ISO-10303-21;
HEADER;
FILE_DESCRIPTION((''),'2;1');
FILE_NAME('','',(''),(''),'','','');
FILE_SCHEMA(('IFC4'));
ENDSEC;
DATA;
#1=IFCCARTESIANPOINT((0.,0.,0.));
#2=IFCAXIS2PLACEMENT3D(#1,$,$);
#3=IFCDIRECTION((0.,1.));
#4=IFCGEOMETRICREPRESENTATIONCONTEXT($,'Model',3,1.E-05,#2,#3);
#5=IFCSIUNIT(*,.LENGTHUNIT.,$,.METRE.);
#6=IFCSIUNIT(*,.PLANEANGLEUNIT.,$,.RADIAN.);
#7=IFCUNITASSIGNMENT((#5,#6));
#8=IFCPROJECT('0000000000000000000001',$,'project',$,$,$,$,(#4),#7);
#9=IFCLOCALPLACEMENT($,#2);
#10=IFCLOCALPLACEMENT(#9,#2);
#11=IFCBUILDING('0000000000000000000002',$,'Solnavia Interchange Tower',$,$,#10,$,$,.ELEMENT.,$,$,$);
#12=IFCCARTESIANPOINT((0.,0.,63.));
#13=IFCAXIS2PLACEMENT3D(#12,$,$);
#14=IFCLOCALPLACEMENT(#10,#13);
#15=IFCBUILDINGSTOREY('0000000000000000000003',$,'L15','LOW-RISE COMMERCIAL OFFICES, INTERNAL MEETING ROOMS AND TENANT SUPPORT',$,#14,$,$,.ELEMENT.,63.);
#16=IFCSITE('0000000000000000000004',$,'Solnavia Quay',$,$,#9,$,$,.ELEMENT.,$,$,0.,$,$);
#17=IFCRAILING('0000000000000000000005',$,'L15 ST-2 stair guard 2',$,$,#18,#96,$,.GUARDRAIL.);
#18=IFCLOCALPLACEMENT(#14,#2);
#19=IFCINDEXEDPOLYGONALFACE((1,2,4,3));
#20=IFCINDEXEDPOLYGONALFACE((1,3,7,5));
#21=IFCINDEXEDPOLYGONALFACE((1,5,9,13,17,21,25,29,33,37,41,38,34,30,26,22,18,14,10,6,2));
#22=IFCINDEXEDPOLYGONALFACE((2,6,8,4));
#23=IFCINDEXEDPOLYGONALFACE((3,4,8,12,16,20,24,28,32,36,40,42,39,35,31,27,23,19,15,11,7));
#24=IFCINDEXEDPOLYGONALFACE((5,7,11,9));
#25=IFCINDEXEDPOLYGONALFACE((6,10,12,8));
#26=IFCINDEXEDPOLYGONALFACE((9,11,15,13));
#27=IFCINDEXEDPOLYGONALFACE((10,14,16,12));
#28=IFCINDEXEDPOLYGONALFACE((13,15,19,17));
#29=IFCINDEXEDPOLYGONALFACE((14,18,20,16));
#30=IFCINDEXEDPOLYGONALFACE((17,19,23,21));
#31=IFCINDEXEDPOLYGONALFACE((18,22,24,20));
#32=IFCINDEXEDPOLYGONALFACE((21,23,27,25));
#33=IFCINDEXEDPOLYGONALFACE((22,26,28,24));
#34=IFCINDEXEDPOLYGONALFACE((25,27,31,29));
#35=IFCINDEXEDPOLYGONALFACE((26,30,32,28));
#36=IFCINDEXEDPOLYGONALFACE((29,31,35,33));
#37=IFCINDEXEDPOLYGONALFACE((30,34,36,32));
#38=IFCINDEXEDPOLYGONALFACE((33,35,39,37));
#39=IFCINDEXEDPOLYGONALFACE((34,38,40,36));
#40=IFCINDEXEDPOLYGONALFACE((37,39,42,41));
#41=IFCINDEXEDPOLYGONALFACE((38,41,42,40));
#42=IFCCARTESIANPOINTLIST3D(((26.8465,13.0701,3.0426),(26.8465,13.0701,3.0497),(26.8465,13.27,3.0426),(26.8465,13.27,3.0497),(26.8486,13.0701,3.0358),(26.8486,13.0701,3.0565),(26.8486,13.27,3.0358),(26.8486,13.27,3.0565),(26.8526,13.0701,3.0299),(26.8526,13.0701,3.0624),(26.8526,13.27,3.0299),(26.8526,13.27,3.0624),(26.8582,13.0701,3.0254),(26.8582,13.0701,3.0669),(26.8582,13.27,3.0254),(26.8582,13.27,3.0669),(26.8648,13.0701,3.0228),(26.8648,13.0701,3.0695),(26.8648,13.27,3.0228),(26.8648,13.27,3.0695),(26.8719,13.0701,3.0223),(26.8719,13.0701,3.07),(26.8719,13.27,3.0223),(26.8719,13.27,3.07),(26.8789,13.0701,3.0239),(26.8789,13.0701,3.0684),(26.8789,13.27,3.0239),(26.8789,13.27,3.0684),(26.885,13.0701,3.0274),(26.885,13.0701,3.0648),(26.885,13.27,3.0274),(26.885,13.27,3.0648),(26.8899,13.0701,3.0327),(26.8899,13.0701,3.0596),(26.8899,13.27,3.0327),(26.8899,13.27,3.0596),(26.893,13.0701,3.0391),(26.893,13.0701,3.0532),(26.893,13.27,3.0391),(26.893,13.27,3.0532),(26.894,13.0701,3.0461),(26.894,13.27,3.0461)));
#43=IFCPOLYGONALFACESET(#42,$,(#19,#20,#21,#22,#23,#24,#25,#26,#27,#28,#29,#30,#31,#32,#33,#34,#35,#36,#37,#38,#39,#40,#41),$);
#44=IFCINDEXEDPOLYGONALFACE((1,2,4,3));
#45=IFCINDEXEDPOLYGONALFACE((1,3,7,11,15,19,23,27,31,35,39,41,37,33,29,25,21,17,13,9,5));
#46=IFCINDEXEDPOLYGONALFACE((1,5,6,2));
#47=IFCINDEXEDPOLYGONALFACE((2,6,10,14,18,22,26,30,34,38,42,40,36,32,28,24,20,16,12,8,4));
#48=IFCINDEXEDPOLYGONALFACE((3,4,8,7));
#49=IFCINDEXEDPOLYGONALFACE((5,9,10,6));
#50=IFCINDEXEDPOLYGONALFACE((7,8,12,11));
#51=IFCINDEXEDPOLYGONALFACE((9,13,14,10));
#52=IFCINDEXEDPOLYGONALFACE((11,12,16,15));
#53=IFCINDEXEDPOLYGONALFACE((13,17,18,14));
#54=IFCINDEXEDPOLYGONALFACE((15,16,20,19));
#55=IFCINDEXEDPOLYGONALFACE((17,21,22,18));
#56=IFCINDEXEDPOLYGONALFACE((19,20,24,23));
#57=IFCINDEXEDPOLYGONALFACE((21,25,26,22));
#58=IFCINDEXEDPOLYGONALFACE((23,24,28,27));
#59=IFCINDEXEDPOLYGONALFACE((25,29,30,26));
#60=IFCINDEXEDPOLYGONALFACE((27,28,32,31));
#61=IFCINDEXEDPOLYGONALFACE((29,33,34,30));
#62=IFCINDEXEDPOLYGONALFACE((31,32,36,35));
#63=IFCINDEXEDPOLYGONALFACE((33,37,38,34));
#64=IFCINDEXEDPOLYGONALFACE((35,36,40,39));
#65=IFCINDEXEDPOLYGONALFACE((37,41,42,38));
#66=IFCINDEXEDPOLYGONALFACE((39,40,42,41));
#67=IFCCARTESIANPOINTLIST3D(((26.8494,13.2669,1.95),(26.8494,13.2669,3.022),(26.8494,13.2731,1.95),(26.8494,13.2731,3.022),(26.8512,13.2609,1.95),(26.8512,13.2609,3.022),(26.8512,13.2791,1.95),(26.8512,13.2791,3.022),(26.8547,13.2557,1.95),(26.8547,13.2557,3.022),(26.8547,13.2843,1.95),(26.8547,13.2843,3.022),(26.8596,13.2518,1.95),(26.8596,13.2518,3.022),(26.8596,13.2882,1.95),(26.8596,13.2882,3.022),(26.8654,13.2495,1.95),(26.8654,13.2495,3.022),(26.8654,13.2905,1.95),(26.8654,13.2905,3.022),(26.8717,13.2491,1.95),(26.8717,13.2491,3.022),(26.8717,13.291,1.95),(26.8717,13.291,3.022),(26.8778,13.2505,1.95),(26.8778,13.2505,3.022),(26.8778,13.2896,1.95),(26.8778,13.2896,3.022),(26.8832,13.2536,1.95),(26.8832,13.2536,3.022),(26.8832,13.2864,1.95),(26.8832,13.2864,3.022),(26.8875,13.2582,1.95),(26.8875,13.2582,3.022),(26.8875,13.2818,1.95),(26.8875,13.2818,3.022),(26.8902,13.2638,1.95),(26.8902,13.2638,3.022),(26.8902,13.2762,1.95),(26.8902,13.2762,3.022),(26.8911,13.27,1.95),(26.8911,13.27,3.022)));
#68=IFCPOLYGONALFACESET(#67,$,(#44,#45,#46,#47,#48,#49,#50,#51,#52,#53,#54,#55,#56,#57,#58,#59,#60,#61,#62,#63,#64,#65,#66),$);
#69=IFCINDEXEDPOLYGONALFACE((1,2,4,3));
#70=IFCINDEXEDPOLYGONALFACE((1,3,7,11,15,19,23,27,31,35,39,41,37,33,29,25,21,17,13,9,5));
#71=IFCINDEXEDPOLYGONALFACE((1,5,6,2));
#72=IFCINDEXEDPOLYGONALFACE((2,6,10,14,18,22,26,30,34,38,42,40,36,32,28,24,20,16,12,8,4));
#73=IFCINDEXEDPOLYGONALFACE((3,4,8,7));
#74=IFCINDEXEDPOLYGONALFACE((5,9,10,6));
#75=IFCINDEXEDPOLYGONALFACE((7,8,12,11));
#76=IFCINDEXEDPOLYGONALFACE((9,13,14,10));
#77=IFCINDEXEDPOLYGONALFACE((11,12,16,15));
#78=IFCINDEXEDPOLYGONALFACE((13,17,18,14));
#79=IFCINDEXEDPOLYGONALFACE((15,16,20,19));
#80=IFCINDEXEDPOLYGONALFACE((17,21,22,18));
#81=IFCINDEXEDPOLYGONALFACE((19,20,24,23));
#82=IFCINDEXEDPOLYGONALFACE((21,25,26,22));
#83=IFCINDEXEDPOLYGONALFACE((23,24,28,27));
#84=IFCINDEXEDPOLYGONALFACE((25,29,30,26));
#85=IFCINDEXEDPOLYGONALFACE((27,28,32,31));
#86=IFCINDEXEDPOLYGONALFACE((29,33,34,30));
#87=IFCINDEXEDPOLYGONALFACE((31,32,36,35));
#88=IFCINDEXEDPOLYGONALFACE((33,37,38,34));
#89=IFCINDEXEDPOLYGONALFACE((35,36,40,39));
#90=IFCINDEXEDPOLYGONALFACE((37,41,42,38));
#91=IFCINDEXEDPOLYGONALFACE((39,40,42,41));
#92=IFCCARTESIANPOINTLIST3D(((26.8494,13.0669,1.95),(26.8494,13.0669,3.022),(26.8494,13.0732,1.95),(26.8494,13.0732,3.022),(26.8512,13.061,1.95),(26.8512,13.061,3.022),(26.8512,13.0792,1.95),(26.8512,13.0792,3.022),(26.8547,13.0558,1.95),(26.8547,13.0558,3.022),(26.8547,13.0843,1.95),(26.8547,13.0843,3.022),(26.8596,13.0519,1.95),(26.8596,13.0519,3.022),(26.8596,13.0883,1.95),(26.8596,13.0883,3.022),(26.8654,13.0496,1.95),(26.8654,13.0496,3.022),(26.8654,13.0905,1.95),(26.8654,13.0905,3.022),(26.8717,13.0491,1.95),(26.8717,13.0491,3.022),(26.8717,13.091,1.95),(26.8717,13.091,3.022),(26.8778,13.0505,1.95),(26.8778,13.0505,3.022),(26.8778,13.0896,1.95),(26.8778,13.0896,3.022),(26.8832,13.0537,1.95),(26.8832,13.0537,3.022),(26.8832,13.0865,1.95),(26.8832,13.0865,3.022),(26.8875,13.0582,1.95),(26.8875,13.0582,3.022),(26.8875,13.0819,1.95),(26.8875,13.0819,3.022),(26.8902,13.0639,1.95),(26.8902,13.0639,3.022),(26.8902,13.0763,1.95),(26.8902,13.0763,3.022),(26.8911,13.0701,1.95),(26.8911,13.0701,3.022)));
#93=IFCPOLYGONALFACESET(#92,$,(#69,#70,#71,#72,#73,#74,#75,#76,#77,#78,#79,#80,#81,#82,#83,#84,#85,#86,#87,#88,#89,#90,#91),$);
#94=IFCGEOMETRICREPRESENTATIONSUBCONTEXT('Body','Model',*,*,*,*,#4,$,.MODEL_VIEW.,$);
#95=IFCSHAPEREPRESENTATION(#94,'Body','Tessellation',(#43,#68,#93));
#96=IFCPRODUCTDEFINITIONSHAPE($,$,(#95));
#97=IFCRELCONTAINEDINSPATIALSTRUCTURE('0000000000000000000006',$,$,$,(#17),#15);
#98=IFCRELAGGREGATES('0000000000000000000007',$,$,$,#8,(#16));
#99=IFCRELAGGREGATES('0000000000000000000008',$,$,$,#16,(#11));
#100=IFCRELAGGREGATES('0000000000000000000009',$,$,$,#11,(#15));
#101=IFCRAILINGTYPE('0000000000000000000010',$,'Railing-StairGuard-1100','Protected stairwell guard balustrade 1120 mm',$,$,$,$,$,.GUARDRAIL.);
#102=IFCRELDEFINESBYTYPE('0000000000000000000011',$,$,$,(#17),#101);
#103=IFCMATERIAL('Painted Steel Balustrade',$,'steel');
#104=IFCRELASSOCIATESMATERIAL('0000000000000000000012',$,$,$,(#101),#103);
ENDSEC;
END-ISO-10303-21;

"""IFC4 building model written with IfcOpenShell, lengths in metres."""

from ifc_helpers import new_model, si_unit, direction, frame, origin, origin_2d, place, context, subcontext, project, spatial, circle, extrude, material, type_object, element, save


model = new_model("IFC4")

# Units and contexts
model_context = context("Model", 3, precision=1e-05, world=origin(), true_north=direction((0.0, 1.0)))
body_context = subcontext(model_context, "Body", "Model", "MODEL_VIEW")
ifc_project = project(units=[si_unit("LENGTHUNIT", "METRE"), si_unit("PLANEANGLEUNIT", "RADIAN")], contexts=[model_context])

# Site, building, storey
site_placement = place(None, origin())
site = spatial("IfcSite", under=ifc_project, at=site_placement, Name="Solnavia Quay", CompositionType="ELEMENT", RefElevation=0.0)
building_placement = place(site_placement, origin())
building = spatial("IfcBuilding", under=site, at=building_placement, Name="Solnavia Interchange Tower", CompositionType="ELEMENT")
storey_placement = place(building_placement, frame((0.0, 0.0, 63.0)))
storey = spatial("IfcBuildingStorey", under=building, at=storey_placement, Name="L15", Description="LOW-RISE COMMERCIAL OFFICES, INTERNAL MEETING ROOMS AND TENANT SUPPORT", CompositionType="ELEMENT", Elevation=63.0)

# Railing
ifc_material_1 = material(Name="Painted Steel Balustrade", Category="steel")
railing_type_1 = type_object("IfcRailingType", Name="Railing-StairGuard-1100", Description="Protected stairwell guard balustrade 1120 mm", PredefinedType="GUARDRAIL", material=ifc_material_1)
railing_1_placement = place(storey_placement, frame((26.8701, 13.27, 1.95)))
element("IfcRailing", 1, at=railing_1_placement, inside=storey, type_object=railing_type_1, Name="L15 ST-2 stair guard 2", PredefinedType="GUARDRAIL", context=body_context, shape_type="SweptSolid", body=[
    extrude(circle(Radius=0.0239, at=origin_2d()), frame((0.0, 0.0, 1.0962), z_axis=(0.0, -1.0, 0.0), x_axis=(1.0, 0.0, 0.0)), (0.0, 0.0, 1.0), 0.2),
    extrude(circle(Radius=0.021, at=origin_2d()), origin(), (0.0, 0.0, 1.0), 1.072),
    extrude(circle(Radius=0.021, at=origin_2d()), frame((0.0, -0.2, 0.0)), (0.0, 0.0, 1.0), 1.072),
])

save(model, "model.ifc")
